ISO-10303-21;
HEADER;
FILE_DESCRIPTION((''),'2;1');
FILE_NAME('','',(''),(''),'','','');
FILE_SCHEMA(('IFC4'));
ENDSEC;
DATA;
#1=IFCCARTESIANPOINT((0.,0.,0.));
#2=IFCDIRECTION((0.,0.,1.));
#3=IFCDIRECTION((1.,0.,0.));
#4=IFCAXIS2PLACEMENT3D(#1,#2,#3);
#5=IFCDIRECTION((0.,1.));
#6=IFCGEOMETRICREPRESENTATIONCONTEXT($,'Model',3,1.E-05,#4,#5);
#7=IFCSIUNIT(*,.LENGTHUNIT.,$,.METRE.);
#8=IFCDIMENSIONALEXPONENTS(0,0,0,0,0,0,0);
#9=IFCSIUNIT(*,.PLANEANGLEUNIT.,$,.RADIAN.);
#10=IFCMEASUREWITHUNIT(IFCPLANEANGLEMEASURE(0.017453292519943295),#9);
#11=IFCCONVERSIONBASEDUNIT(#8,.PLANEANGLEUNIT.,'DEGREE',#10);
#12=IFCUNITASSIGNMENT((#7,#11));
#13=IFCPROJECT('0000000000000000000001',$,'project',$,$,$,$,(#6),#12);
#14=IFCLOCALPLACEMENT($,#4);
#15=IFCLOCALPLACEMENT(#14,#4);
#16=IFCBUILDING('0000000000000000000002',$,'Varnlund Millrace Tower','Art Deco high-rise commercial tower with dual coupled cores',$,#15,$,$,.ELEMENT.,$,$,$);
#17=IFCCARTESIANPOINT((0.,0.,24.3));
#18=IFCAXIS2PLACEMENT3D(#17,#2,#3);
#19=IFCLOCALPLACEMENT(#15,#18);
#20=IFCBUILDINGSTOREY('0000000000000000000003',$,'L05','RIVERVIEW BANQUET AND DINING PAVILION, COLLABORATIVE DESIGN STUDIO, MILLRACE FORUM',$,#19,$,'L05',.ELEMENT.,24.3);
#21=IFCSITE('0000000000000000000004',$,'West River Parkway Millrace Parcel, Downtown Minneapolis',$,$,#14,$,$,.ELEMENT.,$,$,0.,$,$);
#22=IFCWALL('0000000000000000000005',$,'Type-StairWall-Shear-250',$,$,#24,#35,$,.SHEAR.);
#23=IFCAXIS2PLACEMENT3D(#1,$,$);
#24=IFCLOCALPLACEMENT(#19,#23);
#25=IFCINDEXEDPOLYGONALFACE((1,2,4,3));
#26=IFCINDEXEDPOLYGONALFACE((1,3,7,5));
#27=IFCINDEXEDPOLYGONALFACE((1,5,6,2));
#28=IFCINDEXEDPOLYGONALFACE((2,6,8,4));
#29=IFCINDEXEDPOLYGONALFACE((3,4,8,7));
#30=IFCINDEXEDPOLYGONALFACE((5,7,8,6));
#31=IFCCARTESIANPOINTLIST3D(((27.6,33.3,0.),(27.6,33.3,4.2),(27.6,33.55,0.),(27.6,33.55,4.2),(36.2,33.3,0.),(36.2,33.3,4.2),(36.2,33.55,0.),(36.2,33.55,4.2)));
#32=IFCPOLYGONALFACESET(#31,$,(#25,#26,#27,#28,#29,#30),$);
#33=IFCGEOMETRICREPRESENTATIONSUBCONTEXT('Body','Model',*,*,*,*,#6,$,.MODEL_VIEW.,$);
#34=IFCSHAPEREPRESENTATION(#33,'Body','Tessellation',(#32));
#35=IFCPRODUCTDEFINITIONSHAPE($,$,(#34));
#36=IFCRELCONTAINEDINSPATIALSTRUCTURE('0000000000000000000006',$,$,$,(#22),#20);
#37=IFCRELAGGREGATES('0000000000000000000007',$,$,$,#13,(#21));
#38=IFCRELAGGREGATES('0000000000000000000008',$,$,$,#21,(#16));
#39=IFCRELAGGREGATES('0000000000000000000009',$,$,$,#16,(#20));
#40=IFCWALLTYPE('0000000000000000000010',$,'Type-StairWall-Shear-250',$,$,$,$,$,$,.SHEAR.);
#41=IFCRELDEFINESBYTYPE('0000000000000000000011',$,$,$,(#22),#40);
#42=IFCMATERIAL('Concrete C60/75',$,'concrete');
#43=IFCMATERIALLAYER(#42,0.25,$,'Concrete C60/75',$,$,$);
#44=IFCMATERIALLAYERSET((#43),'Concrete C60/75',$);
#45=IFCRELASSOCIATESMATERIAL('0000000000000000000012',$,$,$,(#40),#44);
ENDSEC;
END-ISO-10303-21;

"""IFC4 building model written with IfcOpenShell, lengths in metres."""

from ifc_helpers import new_model, entity, si_unit, converted_unit, direction, frame, origin_with_axes, place, context, subcontext, project, spatial, polyline, outline, extrude, material, layer, layer_set, type_object, element, save


model = new_model("IFC4")

# Units and contexts
model_context = context("Model", 3, precision=1e-05, world=origin_with_axes(), true_north=direction((0.0, 1.0)))
body_context = subcontext(model_context, "Body", "Model", "MODEL_VIEW")
ifc_project = project(units=[si_unit("LENGTHUNIT", "METRE"), converted_unit("PLANEANGLEUNIT", "DEGREE", entity("IfcPlaneAngleMeasure", 0.017453292519943295), si_unit("PLANEANGLEUNIT", "RADIAN"), dimensions=[0, 0, 0, 0, 0, 0, 0])], contexts=[model_context])

# Site, building, storey
site_placement = place(None, origin_with_axes())
site = spatial("IfcSite", under=ifc_project, at=site_placement, Name="West River Parkway Millrace Parcel, Downtown Minneapolis", CompositionType="ELEMENT", RefElevation=0.0)
building_placement = place(site_placement, origin_with_axes())
building = spatial("IfcBuilding", under=site, at=building_placement, Name="Varnlund Millrace Tower", Description="Art Deco high-rise commercial tower with dual coupled cores", CompositionType="ELEMENT")
storey_placement = place(building_placement, frame((0.0, 0.0, 24.3), z_axis=(0.0, 0.0, 1.0), x_axis=(1.0, 0.0, 0.0)))
storey = spatial("IfcBuildingStorey", under=building, at=storey_placement, Name="L05", Description="RIVERVIEW BANQUET AND DINING PAVILION, COLLABORATIVE DESIGN STUDIO, MILLRACE FORUM", LongName="L05", CompositionType="ELEMENT", Elevation=24.3)

# Shared definitions
ifc_material_1 = material(Name="Concrete C60/75", Category="concrete")
ifc_layer_1 = layer(ifc_material_1, 0.25, Name="Concrete C60/75")
ifc_layer_set_1 = layer_set([ifc_layer_1], Name="Concrete C60/75")
wall_type_1 = type_object("IfcWallType", Name="Type-StairWall-Shear-250", PredefinedType="SHEAR", material=ifc_layer_set_1)

# Wall
wall_1_placement = place(storey_placement, frame((27.6, 33.425, 0.0), z_axis=(0.0, 0.0, 1.0), x_axis=(1.0, 0.0, 0.0)))
element("IfcWall", 1, at=wall_1_placement, inside=storey, type_object=wall_type_1, Name="Type-StairWall-Shear-250", PredefinedType="SHEAR", context=body_context, shape_type="SweptSolid", body=[
    extrude(outline(polyline([(0.0, -0.125), (8.6, -0.125), (8.6, 0.125), (0.0, 0.125), (0.0, -0.125)])), origin_with_axes(), (0.0, 0.0, 1.0), 4.2),
])

save(model, "model.ifc")
